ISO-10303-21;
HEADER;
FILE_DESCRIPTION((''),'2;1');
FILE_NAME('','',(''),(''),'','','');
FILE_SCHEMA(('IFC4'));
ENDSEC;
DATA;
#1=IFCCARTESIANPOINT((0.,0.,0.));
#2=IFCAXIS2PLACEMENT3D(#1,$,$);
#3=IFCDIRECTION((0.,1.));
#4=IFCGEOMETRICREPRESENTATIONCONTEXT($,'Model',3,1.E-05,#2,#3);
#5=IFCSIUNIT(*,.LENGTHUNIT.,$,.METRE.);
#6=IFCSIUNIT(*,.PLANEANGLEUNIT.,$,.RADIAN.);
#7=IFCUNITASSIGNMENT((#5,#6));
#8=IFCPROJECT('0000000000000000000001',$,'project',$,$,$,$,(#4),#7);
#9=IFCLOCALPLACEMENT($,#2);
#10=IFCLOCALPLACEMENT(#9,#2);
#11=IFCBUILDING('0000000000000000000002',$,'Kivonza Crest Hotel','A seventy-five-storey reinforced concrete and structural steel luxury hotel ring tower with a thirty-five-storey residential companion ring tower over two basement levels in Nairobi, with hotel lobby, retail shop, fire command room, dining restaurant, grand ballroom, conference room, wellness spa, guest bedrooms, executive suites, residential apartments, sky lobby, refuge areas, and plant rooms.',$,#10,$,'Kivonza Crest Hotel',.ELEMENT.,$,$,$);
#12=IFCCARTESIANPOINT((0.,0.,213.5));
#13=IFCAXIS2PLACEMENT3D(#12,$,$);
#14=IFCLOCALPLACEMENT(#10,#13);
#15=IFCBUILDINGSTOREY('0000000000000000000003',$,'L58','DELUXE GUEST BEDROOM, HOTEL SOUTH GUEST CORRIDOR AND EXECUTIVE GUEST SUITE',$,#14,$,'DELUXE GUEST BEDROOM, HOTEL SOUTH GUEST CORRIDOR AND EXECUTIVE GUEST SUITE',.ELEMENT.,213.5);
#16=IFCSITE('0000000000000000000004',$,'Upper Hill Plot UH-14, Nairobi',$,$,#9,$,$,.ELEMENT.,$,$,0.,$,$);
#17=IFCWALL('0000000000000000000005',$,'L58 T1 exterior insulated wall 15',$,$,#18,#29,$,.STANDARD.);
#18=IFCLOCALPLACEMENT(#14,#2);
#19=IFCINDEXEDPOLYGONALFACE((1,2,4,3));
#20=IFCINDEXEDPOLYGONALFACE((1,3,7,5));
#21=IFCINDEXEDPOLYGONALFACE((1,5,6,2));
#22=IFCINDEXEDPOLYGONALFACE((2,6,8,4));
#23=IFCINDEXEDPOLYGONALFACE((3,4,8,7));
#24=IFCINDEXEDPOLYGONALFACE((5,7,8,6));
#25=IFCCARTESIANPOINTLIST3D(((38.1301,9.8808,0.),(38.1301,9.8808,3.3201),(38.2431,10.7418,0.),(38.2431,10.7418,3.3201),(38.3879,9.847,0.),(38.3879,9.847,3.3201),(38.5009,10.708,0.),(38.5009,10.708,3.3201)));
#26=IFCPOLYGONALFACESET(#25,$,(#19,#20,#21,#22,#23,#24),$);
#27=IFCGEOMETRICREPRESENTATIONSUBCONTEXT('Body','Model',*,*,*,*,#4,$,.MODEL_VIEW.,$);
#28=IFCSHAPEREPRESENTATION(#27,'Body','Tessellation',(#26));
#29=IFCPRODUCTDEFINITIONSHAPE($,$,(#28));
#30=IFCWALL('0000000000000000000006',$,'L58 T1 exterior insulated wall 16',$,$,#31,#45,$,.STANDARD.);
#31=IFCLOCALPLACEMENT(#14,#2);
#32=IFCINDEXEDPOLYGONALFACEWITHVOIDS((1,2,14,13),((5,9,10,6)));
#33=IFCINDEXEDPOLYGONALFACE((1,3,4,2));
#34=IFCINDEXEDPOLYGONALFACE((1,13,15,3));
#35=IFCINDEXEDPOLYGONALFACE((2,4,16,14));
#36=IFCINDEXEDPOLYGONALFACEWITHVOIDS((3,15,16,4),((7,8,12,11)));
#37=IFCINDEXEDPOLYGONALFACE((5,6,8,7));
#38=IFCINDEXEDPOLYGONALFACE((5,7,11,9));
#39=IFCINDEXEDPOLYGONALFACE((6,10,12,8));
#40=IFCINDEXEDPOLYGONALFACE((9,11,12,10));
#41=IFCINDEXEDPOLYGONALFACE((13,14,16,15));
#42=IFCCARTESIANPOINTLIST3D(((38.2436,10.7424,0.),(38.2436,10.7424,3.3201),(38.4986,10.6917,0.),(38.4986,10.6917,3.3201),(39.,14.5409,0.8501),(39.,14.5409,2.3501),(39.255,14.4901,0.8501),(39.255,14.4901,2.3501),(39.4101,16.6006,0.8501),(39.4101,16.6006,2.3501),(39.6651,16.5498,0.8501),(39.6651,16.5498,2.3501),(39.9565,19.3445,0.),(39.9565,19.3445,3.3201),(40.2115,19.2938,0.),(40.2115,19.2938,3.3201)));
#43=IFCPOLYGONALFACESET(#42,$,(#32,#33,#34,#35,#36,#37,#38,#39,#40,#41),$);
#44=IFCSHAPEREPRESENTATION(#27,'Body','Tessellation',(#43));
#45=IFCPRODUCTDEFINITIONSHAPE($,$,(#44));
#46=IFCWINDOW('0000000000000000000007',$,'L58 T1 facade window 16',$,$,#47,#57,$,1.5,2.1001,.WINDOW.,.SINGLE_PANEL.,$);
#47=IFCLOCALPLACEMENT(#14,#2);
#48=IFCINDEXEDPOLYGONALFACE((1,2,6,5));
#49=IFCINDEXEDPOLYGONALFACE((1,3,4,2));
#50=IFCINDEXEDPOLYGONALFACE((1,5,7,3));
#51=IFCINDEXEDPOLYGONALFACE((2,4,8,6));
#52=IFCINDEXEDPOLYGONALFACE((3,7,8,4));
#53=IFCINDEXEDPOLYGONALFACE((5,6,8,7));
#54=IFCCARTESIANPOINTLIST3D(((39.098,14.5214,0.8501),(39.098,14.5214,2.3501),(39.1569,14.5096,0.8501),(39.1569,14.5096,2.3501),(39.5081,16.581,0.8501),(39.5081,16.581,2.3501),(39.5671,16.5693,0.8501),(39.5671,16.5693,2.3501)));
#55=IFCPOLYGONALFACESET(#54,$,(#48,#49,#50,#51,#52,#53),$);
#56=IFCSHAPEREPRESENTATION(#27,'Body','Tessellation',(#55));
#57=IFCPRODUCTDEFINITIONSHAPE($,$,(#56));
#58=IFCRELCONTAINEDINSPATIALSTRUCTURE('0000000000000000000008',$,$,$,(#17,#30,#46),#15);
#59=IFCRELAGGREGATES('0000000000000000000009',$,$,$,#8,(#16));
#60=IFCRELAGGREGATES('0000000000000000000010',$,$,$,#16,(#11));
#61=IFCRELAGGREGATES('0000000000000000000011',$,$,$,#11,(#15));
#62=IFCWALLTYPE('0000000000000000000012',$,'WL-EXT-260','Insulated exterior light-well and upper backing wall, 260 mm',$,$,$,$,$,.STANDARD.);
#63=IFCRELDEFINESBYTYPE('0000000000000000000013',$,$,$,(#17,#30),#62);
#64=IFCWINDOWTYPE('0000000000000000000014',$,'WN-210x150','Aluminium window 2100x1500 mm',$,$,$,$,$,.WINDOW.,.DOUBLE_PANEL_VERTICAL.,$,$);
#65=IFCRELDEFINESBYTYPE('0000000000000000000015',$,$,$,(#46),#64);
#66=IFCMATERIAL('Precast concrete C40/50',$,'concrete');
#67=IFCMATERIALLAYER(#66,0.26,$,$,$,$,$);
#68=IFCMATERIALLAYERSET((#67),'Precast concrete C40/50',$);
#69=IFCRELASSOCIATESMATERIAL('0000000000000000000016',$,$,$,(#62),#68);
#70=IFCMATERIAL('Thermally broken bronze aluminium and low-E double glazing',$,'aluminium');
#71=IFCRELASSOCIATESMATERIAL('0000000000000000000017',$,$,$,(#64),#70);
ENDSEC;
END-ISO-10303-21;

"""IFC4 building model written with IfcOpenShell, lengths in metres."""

from ifc_helpers import new_model, si_unit, direction, frame, frame_2d, origin, place, context, subcontext, project, spatial, rectangle, extrude, material, layer, layer_set, type_object, element, fill, save


model = new_model("IFC4")

# Units and contexts
model_context = context("Model", 3, precision=1e-05, world=origin(), true_north=direction((0.0, 1.0)))
body_context = subcontext(model_context, "Body", "Model", "MODEL_VIEW")
ifc_project = project(units=[si_unit("LENGTHUNIT", "METRE"), si_unit("PLANEANGLEUNIT", "RADIAN")], contexts=[model_context])

# Site, building, storey
site_placement = place(None, origin())
site = spatial("IfcSite", under=ifc_project, at=site_placement, Name="Upper Hill Plot UH-14, Nairobi", CompositionType="ELEMENT", RefElevation=0.0)
building_placement = place(site_placement, origin())
building = spatial("IfcBuilding", under=site, at=building_placement, Name="Kivonza Crest Hotel", Description="A seventy-five-storey reinforced concrete and structural steel luxury hotel ring tower with a thirty-five-storey residential companion ring tower over two basement levels in Nairobi, with hotel lobby, retail shop, fire command room, dining restaurant, grand ballroom, conference room, wellness spa, guest bedrooms, executive suites, residential apartments, sky lobby, refuge areas, and plant rooms.", LongName="Kivonza Crest Hotel", CompositionType="ELEMENT")
storey_placement = place(building_placement, frame((0.0, 0.0, 213.5)))
storey = spatial("IfcBuildingStorey", under=building, at=storey_placement, Name="L58", Description="DELUXE GUEST BEDROOM, HOTEL SOUTH GUEST CORRIDOR AND EXECUTIVE GUEST SUITE", LongName="DELUXE GUEST BEDROOM, HOTEL SOUTH GUEST CORRIDOR AND EXECUTIVE GUEST SUITE", CompositionType="ELEMENT", Elevation=213.5)

# Wall
ifc_material_1 = material(Name="Precast concrete C40/50", Category="concrete")
ifc_layer_1 = layer(ifc_material_1, 0.26)
ifc_layer_set_1 = layer_set([ifc_layer_1], Name="Precast concrete C40/50")
wall_type_1 = type_object("IfcWallType", Name="WL-EXT-260", Description="Insulated exterior light-well and upper backing wall, 260 mm", PredefinedType="STANDARD", material=ifc_layer_set_1)
wall_1_placement = place(storey_placement, frame((38.259, 9.864, 0.0), z_axis=(0.0, 0.0, 1.0), x_axis=(0.130156, 0.991493, 0.0)))
element("IfcWall", 1, at=wall_1_placement, inside=storey, type_object=wall_type_1, Name="L58 T1 exterior insulated wall 15", PredefinedType="STANDARD", context=body_context, shape_type="SweptSolid", body=[
    extrude(rectangle(XDim=0.8684, YDim=0.26, at=frame_2d((0.4341, 0.0))), origin(), (0.0, 0.0, 1.0), 3.3201),
])

# Wall, opening, window
wall_2_placement = place(storey_placement, frame((38.3711, 10.717, 0.0), z_axis=(0.0, 0.0, 1.0), x_axis=(0.195292, 0.980745, 0.0)))
wall_2 = element("IfcWall", 2, at=wall_2_placement, inside=storey, type_object=wall_type_1, Name="L58 T1 exterior insulated wall 16", PredefinedType="STANDARD", context=body_context, shape_type="SweptSolid", body=[
    extrude(rectangle(XDim=8.771, YDim=0.26, at=frame_2d((4.3855, 0.0))), origin(), (0.0, 0.0, 1.0), 3.3201),
])
opening_1_placement = place(wall_2_placement, frame((3.873, 0.0, 0.8501)))
opening_1 = element("IfcOpeningElement", 3, at=opening_1_placement, cuts=wall_2, PredefinedType="OPENING", context=body_context, shape_type="SweptSolid", body=[
    extrude(rectangle(XDim=2.1001, YDim=1.5, at=frame_2d((1.05, 0.75))), frame((0.0, 0.1401, 0.0), z_axis=(0.0, -1.0, 0.0), x_axis=(1.0, 0.0, 0.0)), (0.0, 0.0, 1.0), 0.28),
])
ifc_material_2 = material(Name="Thermally broken bronze aluminium and low-E double glazing", Category="aluminium")
window_type = type_object("IfcWindowType", Name="WN-210x150", Description="Aluminium window 2100x1500 mm", PartitioningType="DOUBLE_PANEL_VERTICAL", PredefinedType="WINDOW", material=ifc_material_2)
window_placement = place(opening_1_placement, origin())
window = element("IfcWindow", 4, at=window_placement, inside=storey, type_object=window_type, Name="L58 T1 facade window 16", OverallHeight=1.5, OverallWidth=2.1001, PartitioningType="SINGLE_PANEL", PredefinedType="WINDOW", context=body_context, shape_type="SweptSolid", body=[
    extrude(rectangle(XDim=2.1001, YDim=1.5, at=frame_2d((1.05, 0.75))), frame((0.0, 0.03, 0.0), z_axis=(0.0, -1.0, 0.0), x_axis=(1.0, 0.0, 0.0)), (0.0, 0.0, 1.0), 0.0601),
])
fill(opening_1, window)

save(model, "model.ifc")
